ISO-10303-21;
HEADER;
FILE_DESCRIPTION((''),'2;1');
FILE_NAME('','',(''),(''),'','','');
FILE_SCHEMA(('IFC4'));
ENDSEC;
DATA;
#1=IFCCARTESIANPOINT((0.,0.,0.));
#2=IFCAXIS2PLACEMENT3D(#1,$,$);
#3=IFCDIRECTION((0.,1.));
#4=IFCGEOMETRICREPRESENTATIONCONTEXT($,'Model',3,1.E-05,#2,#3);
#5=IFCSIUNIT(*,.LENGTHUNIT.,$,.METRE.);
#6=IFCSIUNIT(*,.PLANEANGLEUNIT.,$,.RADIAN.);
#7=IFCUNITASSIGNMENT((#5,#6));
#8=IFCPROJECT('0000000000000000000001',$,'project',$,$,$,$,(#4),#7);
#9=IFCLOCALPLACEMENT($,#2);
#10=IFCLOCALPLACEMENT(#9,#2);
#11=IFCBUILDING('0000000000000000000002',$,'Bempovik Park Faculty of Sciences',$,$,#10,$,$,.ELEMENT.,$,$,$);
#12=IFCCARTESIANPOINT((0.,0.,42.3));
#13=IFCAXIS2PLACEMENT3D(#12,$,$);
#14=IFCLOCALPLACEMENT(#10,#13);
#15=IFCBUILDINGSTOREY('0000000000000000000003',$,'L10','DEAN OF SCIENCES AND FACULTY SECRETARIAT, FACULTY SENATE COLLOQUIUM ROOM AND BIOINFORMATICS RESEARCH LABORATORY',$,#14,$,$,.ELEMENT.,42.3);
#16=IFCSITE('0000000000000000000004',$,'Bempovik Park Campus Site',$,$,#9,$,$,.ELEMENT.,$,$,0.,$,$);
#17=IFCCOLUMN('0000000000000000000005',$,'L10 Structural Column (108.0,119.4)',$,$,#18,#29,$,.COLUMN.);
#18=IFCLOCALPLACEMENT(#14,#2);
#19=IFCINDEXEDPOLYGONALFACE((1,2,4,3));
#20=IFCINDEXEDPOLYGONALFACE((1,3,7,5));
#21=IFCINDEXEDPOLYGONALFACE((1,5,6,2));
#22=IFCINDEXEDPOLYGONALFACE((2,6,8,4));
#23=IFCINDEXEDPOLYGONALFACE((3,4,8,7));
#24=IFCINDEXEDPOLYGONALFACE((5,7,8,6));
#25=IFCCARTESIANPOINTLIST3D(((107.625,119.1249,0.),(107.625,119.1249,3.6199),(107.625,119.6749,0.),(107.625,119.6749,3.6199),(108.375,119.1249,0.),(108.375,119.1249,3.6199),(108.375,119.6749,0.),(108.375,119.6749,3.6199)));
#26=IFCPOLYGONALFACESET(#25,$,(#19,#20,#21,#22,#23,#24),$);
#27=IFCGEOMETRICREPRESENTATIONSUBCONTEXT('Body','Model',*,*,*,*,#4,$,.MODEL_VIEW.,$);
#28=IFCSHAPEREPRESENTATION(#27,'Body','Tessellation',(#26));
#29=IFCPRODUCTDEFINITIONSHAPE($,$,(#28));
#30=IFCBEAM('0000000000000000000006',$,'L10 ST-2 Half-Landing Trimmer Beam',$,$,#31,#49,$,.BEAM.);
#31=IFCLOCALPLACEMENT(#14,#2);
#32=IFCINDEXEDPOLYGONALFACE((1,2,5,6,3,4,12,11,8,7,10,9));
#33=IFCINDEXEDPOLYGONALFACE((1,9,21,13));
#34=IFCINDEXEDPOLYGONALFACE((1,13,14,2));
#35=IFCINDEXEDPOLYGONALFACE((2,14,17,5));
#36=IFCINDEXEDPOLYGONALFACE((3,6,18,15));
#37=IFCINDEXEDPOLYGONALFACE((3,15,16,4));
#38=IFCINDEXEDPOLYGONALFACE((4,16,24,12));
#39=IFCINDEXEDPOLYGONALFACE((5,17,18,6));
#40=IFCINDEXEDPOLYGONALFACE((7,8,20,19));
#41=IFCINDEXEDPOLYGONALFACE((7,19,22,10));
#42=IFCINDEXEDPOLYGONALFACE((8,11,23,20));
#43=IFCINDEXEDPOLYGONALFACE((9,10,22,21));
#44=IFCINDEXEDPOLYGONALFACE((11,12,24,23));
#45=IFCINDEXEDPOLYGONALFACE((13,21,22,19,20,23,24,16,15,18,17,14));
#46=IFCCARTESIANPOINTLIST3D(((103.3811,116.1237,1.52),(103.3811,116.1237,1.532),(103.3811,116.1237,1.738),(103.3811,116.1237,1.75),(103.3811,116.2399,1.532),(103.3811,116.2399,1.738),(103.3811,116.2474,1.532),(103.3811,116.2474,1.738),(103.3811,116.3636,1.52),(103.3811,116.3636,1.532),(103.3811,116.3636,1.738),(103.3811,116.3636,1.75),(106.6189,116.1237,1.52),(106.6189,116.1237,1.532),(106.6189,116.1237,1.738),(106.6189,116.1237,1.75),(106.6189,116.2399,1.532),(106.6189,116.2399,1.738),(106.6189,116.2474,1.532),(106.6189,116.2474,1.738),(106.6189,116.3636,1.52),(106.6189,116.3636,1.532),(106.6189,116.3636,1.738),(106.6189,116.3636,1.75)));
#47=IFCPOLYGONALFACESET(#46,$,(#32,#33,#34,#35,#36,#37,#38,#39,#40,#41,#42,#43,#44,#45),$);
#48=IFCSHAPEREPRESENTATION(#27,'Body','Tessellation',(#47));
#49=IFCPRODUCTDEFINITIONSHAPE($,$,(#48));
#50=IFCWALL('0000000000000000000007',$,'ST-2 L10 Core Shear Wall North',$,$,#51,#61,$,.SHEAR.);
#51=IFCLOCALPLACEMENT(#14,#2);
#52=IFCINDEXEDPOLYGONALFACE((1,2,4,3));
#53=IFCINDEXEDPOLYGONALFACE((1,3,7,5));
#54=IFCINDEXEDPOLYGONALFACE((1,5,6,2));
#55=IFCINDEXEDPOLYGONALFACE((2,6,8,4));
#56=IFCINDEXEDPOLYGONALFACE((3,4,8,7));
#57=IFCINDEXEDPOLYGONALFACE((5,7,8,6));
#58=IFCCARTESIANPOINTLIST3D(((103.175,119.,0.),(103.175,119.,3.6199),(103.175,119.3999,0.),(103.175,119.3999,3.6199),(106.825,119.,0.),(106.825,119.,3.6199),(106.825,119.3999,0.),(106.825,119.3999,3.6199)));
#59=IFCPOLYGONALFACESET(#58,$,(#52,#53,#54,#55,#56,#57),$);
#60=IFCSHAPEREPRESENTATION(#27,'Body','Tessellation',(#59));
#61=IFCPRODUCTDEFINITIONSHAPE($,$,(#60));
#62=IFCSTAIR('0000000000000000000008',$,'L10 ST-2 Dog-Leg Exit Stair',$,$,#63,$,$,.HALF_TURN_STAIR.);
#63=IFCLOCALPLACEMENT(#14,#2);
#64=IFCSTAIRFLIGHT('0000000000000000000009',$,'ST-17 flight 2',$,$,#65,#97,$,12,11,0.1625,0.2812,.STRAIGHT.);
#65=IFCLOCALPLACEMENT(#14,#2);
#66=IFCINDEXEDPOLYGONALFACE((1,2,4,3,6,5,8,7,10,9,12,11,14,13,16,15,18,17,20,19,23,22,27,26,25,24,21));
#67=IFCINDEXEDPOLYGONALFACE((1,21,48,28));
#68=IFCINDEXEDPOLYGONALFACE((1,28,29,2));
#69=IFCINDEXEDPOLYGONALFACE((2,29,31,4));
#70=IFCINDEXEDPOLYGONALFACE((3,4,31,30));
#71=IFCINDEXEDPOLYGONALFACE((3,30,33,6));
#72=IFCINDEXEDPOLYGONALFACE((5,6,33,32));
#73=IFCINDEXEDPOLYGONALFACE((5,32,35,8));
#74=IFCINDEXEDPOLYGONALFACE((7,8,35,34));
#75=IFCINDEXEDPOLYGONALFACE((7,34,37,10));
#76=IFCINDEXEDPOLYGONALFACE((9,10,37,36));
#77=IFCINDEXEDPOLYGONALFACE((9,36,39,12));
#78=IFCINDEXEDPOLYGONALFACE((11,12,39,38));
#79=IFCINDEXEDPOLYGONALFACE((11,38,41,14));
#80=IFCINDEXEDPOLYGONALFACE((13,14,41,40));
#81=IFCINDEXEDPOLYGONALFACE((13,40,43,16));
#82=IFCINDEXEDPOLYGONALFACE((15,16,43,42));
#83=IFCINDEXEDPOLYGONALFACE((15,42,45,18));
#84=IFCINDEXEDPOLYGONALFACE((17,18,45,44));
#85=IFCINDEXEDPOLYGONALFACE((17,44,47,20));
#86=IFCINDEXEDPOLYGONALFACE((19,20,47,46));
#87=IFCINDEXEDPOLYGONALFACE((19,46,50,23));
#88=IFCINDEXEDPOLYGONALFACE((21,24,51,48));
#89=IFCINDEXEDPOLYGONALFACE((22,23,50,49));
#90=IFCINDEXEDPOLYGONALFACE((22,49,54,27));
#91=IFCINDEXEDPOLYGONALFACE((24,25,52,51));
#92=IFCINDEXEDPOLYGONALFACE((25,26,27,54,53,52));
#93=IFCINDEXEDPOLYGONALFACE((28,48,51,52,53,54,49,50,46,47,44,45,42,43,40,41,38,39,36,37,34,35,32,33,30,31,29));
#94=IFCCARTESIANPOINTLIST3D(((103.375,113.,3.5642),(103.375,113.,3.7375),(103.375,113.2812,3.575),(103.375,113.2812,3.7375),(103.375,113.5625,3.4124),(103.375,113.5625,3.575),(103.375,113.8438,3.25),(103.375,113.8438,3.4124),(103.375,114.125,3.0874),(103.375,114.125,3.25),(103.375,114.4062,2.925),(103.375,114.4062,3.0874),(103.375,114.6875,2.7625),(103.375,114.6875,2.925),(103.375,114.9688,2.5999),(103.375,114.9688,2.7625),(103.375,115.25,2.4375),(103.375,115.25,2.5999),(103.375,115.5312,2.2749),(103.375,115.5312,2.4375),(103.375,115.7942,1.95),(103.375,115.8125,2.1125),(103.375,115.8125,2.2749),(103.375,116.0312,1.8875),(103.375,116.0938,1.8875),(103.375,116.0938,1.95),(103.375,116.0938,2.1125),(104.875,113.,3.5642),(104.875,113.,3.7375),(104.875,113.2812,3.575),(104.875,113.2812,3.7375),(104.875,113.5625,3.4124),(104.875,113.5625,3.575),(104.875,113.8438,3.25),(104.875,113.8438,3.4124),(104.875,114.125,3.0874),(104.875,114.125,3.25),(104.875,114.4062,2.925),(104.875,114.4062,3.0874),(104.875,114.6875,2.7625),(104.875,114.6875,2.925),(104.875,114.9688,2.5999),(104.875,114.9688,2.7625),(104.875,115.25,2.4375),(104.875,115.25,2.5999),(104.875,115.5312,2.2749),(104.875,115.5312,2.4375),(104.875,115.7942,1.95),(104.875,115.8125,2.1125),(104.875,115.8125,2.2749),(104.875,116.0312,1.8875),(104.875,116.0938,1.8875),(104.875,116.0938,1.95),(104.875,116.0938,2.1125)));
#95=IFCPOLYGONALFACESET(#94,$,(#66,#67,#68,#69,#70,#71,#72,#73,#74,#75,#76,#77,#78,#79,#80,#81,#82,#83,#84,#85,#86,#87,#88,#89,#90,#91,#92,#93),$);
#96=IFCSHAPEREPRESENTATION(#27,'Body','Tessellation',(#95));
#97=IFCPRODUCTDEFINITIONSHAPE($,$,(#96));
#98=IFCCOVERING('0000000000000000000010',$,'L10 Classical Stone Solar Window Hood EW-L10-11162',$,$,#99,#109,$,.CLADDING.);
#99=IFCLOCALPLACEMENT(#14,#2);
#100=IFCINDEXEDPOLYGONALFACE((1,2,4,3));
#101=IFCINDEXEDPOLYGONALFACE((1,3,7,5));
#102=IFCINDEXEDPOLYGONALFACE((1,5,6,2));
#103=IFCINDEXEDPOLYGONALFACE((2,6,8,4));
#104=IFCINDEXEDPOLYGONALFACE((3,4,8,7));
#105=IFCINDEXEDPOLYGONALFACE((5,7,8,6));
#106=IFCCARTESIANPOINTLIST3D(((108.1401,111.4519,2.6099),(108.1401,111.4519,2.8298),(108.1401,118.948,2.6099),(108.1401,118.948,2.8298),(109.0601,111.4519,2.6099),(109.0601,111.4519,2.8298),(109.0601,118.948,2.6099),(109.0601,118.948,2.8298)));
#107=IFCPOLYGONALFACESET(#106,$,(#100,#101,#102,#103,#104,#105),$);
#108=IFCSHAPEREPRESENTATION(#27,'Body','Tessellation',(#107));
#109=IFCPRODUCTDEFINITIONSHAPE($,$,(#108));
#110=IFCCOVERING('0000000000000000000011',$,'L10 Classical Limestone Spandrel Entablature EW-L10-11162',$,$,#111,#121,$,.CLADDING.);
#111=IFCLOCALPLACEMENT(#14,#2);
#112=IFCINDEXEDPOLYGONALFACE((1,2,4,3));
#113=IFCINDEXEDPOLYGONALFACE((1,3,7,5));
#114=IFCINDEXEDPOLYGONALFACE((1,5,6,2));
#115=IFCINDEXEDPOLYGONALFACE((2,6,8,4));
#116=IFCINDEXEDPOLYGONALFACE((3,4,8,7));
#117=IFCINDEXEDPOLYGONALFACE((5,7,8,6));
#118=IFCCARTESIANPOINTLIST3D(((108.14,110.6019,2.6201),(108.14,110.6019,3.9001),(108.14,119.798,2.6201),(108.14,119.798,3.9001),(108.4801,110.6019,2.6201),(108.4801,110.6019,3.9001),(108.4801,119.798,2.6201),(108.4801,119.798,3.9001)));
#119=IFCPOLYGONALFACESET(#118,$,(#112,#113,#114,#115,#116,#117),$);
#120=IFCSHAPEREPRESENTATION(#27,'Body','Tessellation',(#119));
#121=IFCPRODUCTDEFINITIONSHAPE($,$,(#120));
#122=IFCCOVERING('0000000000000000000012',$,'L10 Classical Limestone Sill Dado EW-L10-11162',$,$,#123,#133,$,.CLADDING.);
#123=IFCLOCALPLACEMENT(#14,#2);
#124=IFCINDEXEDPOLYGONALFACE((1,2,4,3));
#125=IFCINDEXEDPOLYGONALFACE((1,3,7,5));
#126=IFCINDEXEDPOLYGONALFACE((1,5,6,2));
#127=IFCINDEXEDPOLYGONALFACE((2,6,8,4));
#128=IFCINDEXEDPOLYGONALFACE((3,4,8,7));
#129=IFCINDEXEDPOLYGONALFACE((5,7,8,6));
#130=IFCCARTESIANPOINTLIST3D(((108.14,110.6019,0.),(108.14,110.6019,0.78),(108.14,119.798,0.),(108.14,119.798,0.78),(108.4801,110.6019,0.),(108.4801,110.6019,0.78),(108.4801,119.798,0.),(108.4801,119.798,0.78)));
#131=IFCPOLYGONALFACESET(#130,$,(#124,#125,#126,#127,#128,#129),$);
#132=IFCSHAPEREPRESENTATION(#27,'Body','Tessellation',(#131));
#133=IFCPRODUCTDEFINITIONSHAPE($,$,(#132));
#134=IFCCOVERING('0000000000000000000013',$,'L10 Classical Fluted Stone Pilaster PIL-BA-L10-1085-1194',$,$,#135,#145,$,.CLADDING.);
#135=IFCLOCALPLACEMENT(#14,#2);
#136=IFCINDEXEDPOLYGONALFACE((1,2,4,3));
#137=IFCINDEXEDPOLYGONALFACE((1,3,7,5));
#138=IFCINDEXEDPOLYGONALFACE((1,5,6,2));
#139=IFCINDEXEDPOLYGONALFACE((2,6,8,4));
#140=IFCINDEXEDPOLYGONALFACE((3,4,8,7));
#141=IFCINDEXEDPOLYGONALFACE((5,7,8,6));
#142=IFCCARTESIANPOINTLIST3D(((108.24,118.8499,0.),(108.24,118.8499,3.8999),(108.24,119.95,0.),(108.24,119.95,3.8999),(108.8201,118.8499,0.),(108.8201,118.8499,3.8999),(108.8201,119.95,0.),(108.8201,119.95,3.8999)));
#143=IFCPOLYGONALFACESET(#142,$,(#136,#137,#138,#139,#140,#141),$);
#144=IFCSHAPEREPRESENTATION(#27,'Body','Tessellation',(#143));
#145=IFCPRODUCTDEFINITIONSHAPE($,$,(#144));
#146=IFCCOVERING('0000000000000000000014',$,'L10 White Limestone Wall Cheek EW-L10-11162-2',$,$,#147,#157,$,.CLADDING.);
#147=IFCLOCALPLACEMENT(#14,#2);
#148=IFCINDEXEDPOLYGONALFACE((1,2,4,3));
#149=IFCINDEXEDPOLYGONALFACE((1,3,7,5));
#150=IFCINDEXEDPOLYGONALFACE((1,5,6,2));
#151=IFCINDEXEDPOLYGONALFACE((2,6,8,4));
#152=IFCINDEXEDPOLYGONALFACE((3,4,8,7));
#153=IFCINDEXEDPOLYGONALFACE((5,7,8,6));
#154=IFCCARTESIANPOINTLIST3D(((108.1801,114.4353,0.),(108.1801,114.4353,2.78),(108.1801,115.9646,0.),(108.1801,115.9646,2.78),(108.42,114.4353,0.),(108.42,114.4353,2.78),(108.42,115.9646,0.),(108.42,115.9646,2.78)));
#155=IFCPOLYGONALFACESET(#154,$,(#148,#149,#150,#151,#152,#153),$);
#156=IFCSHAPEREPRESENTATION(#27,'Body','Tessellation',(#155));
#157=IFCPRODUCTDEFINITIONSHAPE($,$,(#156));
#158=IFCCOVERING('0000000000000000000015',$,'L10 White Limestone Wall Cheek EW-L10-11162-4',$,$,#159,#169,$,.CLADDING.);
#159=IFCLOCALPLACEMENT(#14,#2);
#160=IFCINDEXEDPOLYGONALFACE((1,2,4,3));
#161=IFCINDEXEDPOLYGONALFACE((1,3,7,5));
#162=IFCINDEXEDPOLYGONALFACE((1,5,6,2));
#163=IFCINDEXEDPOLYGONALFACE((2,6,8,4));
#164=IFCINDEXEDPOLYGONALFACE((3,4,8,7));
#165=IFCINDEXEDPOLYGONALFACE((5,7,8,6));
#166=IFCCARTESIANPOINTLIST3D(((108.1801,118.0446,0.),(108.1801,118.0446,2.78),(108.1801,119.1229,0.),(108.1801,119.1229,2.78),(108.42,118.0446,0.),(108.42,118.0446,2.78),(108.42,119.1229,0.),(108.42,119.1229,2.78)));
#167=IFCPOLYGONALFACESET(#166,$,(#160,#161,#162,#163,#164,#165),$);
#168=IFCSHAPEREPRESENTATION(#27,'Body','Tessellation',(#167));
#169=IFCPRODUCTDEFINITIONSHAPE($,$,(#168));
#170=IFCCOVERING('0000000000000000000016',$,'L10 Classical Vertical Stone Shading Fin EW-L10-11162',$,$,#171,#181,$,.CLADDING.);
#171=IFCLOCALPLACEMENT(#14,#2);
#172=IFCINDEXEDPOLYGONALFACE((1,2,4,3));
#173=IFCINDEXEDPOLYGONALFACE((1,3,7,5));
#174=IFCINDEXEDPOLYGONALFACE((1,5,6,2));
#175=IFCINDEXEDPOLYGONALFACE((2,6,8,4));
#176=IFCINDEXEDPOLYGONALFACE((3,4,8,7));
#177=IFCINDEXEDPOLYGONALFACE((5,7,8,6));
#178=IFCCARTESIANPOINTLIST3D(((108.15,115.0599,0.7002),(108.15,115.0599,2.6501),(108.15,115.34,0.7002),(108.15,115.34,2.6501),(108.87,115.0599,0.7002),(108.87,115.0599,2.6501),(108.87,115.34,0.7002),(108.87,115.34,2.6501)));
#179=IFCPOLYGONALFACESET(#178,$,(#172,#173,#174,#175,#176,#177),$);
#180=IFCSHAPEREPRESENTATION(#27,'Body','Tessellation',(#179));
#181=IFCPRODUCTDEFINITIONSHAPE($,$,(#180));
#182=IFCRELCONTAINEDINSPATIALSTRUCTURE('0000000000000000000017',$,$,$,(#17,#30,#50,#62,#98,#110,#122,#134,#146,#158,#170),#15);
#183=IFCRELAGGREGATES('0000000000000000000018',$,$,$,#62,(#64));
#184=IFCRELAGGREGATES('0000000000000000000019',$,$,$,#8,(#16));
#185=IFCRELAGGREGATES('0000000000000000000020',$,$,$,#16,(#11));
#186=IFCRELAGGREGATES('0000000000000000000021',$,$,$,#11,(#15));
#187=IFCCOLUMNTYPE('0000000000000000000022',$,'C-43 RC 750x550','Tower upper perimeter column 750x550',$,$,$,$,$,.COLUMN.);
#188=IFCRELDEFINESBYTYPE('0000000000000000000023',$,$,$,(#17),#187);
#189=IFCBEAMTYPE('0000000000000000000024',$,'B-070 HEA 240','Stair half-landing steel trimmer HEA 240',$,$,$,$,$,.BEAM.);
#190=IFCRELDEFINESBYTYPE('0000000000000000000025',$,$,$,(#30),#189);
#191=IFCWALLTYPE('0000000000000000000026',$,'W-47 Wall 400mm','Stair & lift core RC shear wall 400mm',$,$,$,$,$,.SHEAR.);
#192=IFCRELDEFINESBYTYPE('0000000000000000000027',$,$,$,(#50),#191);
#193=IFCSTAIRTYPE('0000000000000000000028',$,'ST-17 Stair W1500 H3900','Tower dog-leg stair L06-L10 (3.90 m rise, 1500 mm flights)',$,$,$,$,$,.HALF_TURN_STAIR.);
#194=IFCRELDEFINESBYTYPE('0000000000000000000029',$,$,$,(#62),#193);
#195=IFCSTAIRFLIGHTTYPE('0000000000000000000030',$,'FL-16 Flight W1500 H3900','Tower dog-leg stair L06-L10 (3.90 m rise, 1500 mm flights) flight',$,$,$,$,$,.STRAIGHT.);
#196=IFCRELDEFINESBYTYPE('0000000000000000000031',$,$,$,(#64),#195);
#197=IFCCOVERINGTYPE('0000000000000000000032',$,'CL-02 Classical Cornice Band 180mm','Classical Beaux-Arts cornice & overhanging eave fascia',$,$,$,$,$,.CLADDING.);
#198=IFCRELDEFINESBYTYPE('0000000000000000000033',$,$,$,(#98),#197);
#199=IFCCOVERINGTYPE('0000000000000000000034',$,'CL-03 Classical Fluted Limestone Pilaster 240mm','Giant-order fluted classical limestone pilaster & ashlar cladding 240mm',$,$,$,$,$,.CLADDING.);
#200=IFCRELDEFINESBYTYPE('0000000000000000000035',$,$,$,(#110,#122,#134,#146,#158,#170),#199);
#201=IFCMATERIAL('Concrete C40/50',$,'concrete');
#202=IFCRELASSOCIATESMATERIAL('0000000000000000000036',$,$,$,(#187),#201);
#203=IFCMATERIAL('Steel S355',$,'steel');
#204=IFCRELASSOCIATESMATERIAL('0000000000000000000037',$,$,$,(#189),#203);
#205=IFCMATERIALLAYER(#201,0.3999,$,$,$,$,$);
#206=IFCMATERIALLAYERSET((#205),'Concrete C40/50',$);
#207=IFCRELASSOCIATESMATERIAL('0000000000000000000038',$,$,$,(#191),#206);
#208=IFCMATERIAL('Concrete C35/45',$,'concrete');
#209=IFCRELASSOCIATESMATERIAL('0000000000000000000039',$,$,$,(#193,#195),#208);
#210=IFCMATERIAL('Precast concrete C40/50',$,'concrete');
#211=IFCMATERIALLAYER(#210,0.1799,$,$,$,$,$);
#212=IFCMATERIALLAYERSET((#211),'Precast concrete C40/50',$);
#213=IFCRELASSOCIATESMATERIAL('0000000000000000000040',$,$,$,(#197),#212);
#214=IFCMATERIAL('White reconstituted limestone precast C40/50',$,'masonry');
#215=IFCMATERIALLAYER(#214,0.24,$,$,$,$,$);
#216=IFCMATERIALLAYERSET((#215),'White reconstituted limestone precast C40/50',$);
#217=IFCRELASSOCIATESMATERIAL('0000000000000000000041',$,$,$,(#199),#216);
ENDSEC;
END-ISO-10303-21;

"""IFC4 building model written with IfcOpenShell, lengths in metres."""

from ifc_helpers import new_model, si_unit, direction, frame, frame_2d, origin, origin_2d, place, context, subcontext, project, spatial, polyline, rectangle, i_section, outline, extrude, material, layer, layer_set, material_profile, profile_set, type_object, element, aggregate, save


model = new_model("IFC4")

# Units and contexts
model_context = context("Model", 3, precision=1e-05, world=origin(), true_north=direction((0.0, 1.0)))
body_context = subcontext(model_context, "Body", "Model", "MODEL_VIEW")
ifc_project = project(units=[si_unit("LENGTHUNIT", "METRE"), si_unit("PLANEANGLEUNIT", "RADIAN")], contexts=[model_context])

# Site, building, storey
site_placement = place(None, origin())
site = spatial("IfcSite", under=ifc_project, at=site_placement, Name="Bempovik Park Campus Site", CompositionType="ELEMENT", RefElevation=0.0)
building_placement = place(site_placement, origin())
building = spatial("IfcBuilding", under=site, at=building_placement, Name="Bempovik Park Faculty of Sciences", CompositionType="ELEMENT")
storey_placement = place(building_placement, frame((0.0, 0.0, 42.3)))
storey = spatial("IfcBuildingStorey", under=building, at=storey_placement, Name="L10", Description="DEAN OF SCIENCES AND FACULTY SECRETARIAT, FACULTY SENATE COLLOQUIUM ROOM AND BIOINFORMATICS RESEARCH LABORATORY", CompositionType="ELEMENT", Elevation=42.3)

# Column
ifc_material_1 = material(Name="Concrete C40/50", Category="concrete")
ifc_material_profile_1 = material_profile(ifc_material_1, rectangle(XDim=0.75, YDim=0.55, at=origin_2d()), Name="RC 750x550")
ifc_profile_set_1 = profile_set([ifc_material_profile_1], Name="Concrete C40/50")
column_type = type_object("IfcColumnType", Name="C-43 RC 750x550", Description="Tower upper perimeter column 750x550", PredefinedType="COLUMN", material=ifc_profile_set_1)
column_placement = place(storey_placement, frame((108.0, 119.3999, 0.0), z_axis=(0.0, 0.0, 1.0), x_axis=(1.0, 0.0, 0.0)))
element("IfcColumn", 1, at=column_placement, inside=storey, type_object=column_type, Name="L10 Structural Column (108.0,119.4)", PredefinedType="COLUMN", context=body_context, shape_type="SweptSolid", body=[
    extrude(rectangle(XDim=0.75, YDim=0.55, at=origin_2d()), origin(), (0.0, 0.0, 1.0), 3.6199),
])

# Beam
ifc_material_2 = material(Name="Steel S355", Category="steel")
ifc_material_profile_2 = material_profile(ifc_material_2, i_section(OverallWidth=0.24, OverallDepth=0.23, WebThickness=0.0076, FlangeThickness=0.012, at=origin_2d()), Name="HEA 240")
ifc_profile_set_2 = profile_set([ifc_material_profile_2], Name="Steel S355")
beam_type = type_object("IfcBeamType", Name="B-070 HEA 240", Description="Stair half-landing steel trimmer HEA 240", PredefinedType="BEAM", material=ifc_profile_set_2)
beam_placement = place(storey_placement, frame((103.3811, 116.2437, 1.635), z_axis=(1.0, 0.0, 0.0), x_axis=(0.0, 1.0, 0.0)))
element("IfcBeam", 2, at=beam_placement, inside=storey, type_object=beam_type, Name="L10 ST-2 Half-Landing Trimmer Beam", PredefinedType="BEAM", context=body_context, shape_type="SweptSolid", body=[
    extrude(i_section(OverallWidth=0.24, OverallDepth=0.23, WebThickness=0.0076, FlangeThickness=0.012, at=origin_2d()), origin(), (0.0, 0.0, 1.0), 3.2378),
])

# Wall
ifc_layer_1 = layer(ifc_material_1, 0.3999)
ifc_layer_set_1 = layer_set([ifc_layer_1], Name="Concrete C40/50")
wall_type = type_object("IfcWallType", Name="W-47 Wall 400mm", Description="Stair & lift core RC shear wall 400mm", PredefinedType="SHEAR", material=ifc_layer_set_1)
wall_placement = place(storey_placement, frame((103.175, 119.2, 0.0), z_axis=(0.0, 0.0, 1.0), x_axis=(1.0, 0.0, 0.0)))
element("IfcWall", 3, at=wall_placement, inside=storey, type_object=wall_type, Name="ST-2 L10 Core Shear Wall North", PredefinedType="SHEAR", context=body_context, shape_type="SweptSolid", body=[
    extrude(rectangle(XDim=3.6499, YDim=0.3999, at=frame_2d((1.825, 0.0))), origin(), (0.0, 0.0, 1.0), 3.6199),
])

# Stair, stair flight
ifc_material_3 = material(Name="Concrete C35/45", Category="concrete")
stair_type = type_object("IfcStairType", Name="ST-17 Stair W1500 H3900", Description="Tower dog-leg stair L06-L10 (3.90 m rise, 1500 mm flights)", PredefinedType="HALF_TURN_STAIR", material=ifc_material_3)
stair_placement = place(storey_placement, origin())
stair = element("IfcStair", 4, at=stair_placement, inside=storey, type_object=stair_type, Name="L10 ST-2 Dog-Leg Exit Stair", PredefinedType="HALF_TURN_STAIR")
stair_flight_type = type_object("IfcStairFlightType", Name="FL-16 Flight W1500 H3900", Description="Tower dog-leg stair L06-L10 (3.90 m rise, 1500 mm flights) flight", PredefinedType="STRAIGHT", material=ifc_material_3)
stair_flight_placement = place(storey_placement, frame((104.125, 116.0938, 1.95), z_axis=(0.0, 0.0, 1.0), x_axis=(0.0, -1.0, 0.0)))
stair_flight = element("IfcStairFlight", 5, at=stair_flight_placement, type_object=stair_flight_type, Name="ST-17 flight 2", NumberOfRisers=12, NumberOfTreads=11, PredefinedType="STRAIGHT", RiserHeight=0.1625, TreadLength=0.2812, context=body_context, shape_type="SweptSolid", body=[
    extrude(outline(polyline([(0.0, 0.0), (0.0, 0.1626), (0.2812, 0.1626), (0.2812, 0.325), (0.5625, 0.325), (0.5625, 0.4875), (0.8438, 0.4875), (0.8438, 0.6499), (1.125, 0.6499), (1.125, 0.8125), (1.4062, 0.8125), (1.4062, 0.9751), (1.6875, 0.9751), (1.6875, 1.1375), (1.9688, 1.1375), (1.9688, 1.3), (2.25, 1.3), (2.25, 1.4624), (2.5312, 1.4624), (2.5312, 1.625), (2.8125, 1.625), (2.8125, 1.7876), (3.0938, 1.7876), (3.0938, 1.95), (3.0938, 1.6143), (0.2996, 0.0), (0.0625, -0.0625), (0.0, -0.0625), (0.0, 0.0)])), frame((0.0, 0.75, 0.0), z_axis=(0.0, -1.0, 0.0), x_axis=(1.0, 0.0, 0.0)), (0.0, 0.0, 1.0), 1.5),
])
aggregate(stair, [stair_flight])

# Coverings
ifc_material_4 = material(Name="Precast concrete C40/50", Category="concrete")
ifc_layer_2 = layer(ifc_material_4, 0.1799)
ifc_layer_set_2 = layer_set([ifc_layer_2], Name="Precast concrete C40/50")
covering_type_1 = type_object("IfcCoveringType", Name="CL-02 Classical Cornice Band 180mm", Description="Classical Beaux-Arts cornice & overhanging eave fascia", PredefinedType="CLADDING", material=ifc_layer_set_2)
covering_1_placement = place(storey_placement, frame((108.6001, 115.2, 2.6099), z_axis=(0.0, 0.0, 1.0), x_axis=(1.0, 0.0, 0.0)))
element("IfcCovering", 6, at=covering_1_placement, inside=storey, type_object=covering_type_1, Name="L10 Classical Stone Solar Window Hood EW-L10-11162", PredefinedType="CLADDING", context=body_context, shape_type="SweptSolid", body=[
    extrude(rectangle(XDim=0.9199, YDim=7.4961, at=origin_2d()), origin(), (0.0, 0.0, 1.0), 0.22),
])
ifc_material_5 = material(Name="White reconstituted limestone precast C40/50", Category="masonry")
ifc_layer_3 = layer(ifc_material_5, 0.24)
ifc_layer_set_3 = layer_set([ifc_layer_3], Name="White reconstituted limestone precast C40/50")
covering_type_2 = type_object("IfcCoveringType", Name="CL-03 Classical Fluted Limestone Pilaster 240mm", Description="Giant-order fluted classical limestone pilaster & ashlar cladding 240mm", PredefinedType="CLADDING", material=ifc_layer_set_3)
covering_2_placement = place(storey_placement, frame((108.3101, 115.2, 2.6201), z_axis=(0.0, 0.0, 1.0), x_axis=(1.0, 0.0, 0.0)))
element("IfcCovering", 7, at=covering_2_placement, inside=storey, type_object=covering_type_2, Name="L10 Classical Limestone Spandrel Entablature EW-L10-11162", PredefinedType="CLADDING", context=body_context, shape_type="SweptSolid", body=[
    extrude(rectangle(XDim=0.3401, YDim=9.196, at=origin_2d()), origin(), (0.0, 0.0, 1.0), 1.28),
])
covering_3_placement = place(storey_placement, frame((108.3101, 115.2, 0.0), z_axis=(0.0, 0.0, 1.0), x_axis=(1.0, 0.0, 0.0)))
element("IfcCovering", 8, at=covering_3_placement, inside=storey, type_object=covering_type_2, Name="L10 Classical Limestone Sill Dado EW-L10-11162", PredefinedType="CLADDING", context=body_context, shape_type="SweptSolid", body=[
    extrude(rectangle(XDim=0.3401, YDim=9.196, at=origin_2d()), origin(), (0.0, 0.0, 1.0), 0.78),
])
covering_4_placement = place(storey_placement, frame((108.53, 119.3999, 0.0), z_axis=(0.0, 0.0, 1.0), x_axis=(1.0, 0.0, 0.0)))
element("IfcCovering", 9, at=covering_4_placement, inside=storey, type_object=covering_type_2, Name="L10 Classical Fluted Stone Pilaster PIL-BA-L10-1085-1194", PredefinedType="CLADDING", context=body_context, shape_type="SweptSolid", body=[
    extrude(rectangle(XDim=0.5801, YDim=1.1001, at=origin_2d()), origin(), (0.0, 0.0, 1.0), 3.8999),
])
covering_5_placement = place(storey_placement, frame((108.3, 115.2, 0.0), z_axis=(0.0, 0.0, 1.0), x_axis=(1.0, 0.0, 0.0)))
element("IfcCovering", 10, at=covering_5_placement, inside=storey, type_object=covering_type_2, Name="L10 White Limestone Wall Cheek EW-L10-11162-2", PredefinedType="CLADDING", context=body_context, shape_type="SweptSolid", body=[
    extrude(rectangle(XDim=0.24, YDim=1.5293, at=origin_2d()), origin(), (0.0, 0.0, 1.0), 2.78),
])
covering_6_placement = place(storey_placement, frame((108.3, 118.5837, 0.0), z_axis=(0.0, 0.0, 1.0), x_axis=(1.0, 0.0, 0.0)))
element("IfcCovering", 11, at=covering_6_placement, inside=storey, type_object=covering_type_2, Name="L10 White Limestone Wall Cheek EW-L10-11162-4", PredefinedType="CLADDING", context=body_context, shape_type="SweptSolid", body=[
    extrude(rectangle(XDim=0.24, YDim=1.0784, at=origin_2d()), origin(), (0.0, 0.0, 1.0), 2.78),
])
covering_7_placement = place(storey_placement, frame((108.51, 115.2, 0.7002), z_axis=(0.0, 0.0, 1.0), x_axis=(1.0, 0.0, 0.0)))
element("IfcCovering", 12, at=covering_7_placement, inside=storey, type_object=covering_type_2, Name="L10 Classical Vertical Stone Shading Fin EW-L10-11162", PredefinedType="CLADDING", context=body_context, shape_type="SweptSolid", body=[
    extrude(rectangle(XDim=0.72, YDim=0.28, at=origin_2d()), origin(), (0.0, 0.0, 1.0), 1.95),
])

save(model, "model.ifc")
